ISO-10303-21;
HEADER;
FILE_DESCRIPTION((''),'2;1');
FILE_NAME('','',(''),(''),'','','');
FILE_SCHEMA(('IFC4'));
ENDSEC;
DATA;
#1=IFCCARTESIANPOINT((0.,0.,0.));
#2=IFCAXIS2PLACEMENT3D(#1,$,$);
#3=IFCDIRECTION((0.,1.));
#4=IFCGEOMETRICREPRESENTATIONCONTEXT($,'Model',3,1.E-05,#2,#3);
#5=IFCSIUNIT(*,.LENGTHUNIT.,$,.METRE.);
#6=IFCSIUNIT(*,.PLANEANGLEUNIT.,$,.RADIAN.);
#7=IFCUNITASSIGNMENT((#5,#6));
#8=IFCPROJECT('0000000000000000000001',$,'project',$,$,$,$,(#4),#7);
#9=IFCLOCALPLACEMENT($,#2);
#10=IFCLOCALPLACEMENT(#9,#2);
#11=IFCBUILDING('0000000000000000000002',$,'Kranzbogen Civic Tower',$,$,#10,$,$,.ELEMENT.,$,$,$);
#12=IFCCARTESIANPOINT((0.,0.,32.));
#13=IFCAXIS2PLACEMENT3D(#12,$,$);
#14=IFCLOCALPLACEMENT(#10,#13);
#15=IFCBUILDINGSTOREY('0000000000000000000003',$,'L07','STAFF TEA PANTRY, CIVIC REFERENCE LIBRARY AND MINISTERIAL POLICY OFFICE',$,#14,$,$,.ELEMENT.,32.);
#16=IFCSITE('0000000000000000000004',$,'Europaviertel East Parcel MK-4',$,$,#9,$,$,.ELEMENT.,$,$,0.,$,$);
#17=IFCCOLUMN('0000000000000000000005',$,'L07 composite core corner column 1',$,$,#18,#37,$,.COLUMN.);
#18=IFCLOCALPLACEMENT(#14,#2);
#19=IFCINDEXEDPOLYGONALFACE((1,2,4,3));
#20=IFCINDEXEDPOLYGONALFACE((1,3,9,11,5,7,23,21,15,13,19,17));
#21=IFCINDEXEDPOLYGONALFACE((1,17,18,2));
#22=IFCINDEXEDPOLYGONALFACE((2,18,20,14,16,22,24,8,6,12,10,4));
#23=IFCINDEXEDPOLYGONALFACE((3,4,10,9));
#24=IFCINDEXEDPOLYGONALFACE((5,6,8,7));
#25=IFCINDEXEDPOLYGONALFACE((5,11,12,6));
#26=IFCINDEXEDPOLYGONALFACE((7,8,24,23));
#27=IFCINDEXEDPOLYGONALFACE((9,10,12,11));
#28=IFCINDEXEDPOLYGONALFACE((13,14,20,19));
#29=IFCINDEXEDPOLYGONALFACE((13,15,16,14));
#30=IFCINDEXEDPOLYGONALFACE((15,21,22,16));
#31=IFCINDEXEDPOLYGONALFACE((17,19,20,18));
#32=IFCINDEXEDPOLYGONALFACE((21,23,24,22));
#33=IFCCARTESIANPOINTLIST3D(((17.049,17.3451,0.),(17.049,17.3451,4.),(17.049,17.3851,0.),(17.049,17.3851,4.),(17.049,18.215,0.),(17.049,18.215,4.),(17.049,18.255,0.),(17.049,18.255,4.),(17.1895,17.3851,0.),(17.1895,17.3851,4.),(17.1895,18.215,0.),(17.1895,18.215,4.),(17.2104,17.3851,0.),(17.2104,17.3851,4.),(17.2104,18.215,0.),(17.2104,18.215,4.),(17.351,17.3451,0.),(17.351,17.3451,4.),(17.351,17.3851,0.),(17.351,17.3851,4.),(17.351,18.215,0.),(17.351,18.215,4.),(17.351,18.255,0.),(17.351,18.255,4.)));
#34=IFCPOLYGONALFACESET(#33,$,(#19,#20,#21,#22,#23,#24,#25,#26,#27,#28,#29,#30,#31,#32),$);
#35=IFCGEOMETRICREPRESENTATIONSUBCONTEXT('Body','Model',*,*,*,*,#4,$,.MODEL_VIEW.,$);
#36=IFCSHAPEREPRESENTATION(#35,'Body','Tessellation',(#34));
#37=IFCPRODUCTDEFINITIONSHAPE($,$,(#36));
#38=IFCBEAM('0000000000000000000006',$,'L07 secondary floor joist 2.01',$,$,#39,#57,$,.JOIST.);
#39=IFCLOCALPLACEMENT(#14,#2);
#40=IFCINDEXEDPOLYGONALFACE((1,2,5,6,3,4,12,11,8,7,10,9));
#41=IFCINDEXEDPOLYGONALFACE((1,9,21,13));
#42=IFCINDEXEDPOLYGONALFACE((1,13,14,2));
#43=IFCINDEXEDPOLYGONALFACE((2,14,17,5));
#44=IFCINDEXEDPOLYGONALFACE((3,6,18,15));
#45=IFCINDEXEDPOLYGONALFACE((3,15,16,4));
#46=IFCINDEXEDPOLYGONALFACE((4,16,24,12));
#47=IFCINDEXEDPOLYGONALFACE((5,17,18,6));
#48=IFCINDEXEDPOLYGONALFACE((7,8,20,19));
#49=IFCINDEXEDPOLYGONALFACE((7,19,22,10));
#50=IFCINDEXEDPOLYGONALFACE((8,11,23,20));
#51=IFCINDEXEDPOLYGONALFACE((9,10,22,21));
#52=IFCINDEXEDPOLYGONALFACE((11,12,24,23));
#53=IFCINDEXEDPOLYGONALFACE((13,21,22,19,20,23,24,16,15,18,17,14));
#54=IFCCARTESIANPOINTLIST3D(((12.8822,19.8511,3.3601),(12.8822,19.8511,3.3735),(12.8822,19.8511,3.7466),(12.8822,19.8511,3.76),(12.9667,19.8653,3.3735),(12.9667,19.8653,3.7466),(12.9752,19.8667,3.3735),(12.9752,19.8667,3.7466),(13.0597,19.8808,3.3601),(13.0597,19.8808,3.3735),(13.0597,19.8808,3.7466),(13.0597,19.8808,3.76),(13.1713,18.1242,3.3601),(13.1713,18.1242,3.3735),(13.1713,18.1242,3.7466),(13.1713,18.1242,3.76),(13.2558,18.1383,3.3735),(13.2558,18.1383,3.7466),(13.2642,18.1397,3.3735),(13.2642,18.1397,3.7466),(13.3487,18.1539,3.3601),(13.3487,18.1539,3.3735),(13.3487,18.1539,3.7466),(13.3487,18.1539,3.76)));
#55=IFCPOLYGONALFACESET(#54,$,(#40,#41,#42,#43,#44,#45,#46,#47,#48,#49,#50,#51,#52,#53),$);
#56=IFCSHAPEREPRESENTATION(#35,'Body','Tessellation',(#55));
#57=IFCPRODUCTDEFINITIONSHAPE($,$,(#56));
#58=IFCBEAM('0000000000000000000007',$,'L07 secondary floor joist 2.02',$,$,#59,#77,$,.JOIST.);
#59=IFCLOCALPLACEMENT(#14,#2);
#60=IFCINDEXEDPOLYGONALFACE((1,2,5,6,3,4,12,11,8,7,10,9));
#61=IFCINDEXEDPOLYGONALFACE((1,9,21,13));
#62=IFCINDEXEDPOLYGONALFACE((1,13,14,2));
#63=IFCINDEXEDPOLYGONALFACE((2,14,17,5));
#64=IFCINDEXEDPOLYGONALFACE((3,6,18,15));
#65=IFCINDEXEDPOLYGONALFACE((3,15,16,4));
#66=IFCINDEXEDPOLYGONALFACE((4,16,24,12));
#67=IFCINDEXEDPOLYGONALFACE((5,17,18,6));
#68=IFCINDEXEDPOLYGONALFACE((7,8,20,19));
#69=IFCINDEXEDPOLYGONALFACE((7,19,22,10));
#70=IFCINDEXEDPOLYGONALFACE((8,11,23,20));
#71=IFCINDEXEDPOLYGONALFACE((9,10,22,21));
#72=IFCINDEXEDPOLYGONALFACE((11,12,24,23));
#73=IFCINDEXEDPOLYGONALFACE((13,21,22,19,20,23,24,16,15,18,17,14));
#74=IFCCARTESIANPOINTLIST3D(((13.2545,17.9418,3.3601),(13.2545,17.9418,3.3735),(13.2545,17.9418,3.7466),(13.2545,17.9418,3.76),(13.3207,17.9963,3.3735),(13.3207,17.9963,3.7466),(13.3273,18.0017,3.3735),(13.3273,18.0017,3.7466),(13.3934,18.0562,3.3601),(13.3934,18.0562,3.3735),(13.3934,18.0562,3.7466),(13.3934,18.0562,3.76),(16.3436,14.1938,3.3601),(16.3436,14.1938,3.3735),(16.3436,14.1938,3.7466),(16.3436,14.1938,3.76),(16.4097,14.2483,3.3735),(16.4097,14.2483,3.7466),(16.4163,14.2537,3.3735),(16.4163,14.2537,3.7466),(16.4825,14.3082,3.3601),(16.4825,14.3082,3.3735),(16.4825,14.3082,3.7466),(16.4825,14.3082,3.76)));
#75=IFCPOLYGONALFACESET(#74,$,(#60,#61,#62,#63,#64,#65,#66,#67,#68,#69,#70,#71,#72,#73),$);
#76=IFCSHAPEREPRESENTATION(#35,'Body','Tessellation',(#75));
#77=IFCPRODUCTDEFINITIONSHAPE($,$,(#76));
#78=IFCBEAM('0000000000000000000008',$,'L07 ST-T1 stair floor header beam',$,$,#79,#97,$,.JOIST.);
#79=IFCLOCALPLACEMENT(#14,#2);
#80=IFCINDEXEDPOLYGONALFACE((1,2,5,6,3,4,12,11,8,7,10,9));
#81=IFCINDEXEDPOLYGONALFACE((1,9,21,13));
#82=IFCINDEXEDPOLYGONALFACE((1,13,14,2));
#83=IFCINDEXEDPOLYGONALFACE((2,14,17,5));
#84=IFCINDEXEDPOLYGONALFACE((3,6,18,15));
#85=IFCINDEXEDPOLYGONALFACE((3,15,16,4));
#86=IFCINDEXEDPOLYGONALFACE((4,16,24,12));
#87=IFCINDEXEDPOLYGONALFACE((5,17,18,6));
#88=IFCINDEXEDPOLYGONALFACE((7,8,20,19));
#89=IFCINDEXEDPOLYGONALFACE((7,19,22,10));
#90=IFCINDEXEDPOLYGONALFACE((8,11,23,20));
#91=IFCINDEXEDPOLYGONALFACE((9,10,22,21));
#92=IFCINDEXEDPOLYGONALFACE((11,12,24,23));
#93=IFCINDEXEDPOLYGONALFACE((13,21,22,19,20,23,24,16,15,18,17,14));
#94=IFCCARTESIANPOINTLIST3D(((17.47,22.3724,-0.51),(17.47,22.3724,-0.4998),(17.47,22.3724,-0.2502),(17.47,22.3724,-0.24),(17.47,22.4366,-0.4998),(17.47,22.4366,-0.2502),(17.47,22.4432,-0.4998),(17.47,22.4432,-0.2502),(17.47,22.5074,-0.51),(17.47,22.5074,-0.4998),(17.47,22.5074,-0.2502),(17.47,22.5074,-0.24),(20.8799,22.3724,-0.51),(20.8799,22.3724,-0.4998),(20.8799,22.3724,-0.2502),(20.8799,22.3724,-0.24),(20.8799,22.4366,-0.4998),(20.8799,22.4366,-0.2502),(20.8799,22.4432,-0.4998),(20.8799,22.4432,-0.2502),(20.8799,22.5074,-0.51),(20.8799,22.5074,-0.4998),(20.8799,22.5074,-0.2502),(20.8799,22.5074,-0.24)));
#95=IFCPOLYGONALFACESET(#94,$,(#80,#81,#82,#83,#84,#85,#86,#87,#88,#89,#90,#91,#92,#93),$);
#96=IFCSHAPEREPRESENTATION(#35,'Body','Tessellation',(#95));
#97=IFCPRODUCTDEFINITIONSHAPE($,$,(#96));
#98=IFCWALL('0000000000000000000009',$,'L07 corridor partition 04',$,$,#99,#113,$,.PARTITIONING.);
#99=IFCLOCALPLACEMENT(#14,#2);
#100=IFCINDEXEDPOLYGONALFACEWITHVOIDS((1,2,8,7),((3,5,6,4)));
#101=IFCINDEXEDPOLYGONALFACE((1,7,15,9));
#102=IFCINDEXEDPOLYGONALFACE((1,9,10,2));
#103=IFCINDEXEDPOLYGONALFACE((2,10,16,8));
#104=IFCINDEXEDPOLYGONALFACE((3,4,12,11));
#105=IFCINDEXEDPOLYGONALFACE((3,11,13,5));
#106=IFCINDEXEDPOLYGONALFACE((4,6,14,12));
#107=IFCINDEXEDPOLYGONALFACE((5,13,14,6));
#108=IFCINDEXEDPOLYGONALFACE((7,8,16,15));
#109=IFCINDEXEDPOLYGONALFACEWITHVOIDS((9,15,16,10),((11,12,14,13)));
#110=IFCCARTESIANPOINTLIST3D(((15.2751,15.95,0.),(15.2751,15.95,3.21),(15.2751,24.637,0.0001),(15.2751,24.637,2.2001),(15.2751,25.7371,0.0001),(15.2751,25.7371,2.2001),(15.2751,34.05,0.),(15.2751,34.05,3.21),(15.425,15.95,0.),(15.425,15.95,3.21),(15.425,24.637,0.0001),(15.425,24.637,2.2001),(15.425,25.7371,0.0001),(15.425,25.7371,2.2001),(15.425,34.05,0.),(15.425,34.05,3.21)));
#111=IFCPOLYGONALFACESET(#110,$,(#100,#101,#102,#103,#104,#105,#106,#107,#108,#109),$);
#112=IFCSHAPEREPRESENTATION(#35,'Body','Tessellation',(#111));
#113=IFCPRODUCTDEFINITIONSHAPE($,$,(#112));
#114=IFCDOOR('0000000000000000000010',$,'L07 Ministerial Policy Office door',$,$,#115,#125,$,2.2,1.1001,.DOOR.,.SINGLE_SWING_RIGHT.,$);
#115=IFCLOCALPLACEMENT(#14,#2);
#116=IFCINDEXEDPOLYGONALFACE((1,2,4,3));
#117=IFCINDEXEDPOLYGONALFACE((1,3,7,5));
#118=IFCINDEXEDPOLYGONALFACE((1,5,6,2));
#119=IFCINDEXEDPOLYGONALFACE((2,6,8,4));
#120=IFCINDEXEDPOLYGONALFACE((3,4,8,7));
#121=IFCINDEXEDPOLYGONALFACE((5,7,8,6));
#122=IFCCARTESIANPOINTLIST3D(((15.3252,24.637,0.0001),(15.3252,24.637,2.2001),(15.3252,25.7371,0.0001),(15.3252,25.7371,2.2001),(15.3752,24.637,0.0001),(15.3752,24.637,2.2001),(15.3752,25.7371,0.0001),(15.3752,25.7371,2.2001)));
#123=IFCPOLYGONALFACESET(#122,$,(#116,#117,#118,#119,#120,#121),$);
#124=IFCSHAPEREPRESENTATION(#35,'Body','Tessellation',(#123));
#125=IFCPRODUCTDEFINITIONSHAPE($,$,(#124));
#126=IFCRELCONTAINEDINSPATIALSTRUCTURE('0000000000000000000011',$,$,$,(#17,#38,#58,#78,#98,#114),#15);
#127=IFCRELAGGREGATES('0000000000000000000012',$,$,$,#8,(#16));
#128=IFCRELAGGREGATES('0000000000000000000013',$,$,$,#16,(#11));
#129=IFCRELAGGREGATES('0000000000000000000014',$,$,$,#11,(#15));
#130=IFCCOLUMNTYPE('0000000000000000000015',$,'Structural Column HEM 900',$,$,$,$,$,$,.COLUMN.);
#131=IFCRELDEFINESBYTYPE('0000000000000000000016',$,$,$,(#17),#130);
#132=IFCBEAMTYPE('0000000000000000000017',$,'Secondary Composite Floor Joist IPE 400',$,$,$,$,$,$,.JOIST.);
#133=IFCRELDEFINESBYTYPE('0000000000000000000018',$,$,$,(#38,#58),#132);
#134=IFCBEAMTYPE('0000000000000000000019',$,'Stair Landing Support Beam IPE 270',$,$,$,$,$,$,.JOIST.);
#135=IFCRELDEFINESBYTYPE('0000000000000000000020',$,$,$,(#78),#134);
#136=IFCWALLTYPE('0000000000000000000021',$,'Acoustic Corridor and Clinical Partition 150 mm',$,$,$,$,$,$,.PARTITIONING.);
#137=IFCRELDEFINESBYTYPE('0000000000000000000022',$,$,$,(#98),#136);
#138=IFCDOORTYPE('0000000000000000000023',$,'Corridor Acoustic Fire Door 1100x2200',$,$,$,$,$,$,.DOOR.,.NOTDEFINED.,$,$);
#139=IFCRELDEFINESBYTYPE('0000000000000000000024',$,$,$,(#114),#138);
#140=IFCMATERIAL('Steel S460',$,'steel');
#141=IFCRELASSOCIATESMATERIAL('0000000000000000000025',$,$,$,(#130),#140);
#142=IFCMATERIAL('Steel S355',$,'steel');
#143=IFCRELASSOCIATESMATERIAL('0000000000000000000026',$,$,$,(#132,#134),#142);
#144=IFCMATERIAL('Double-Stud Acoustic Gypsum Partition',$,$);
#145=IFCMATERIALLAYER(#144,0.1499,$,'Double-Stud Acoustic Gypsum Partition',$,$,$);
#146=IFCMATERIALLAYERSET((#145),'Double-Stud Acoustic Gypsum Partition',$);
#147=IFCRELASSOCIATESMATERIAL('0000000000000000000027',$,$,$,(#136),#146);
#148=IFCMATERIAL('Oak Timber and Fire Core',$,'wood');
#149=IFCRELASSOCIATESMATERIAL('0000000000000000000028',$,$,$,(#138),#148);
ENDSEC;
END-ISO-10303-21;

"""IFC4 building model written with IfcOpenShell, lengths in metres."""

from ifc_helpers import new_model, si_unit, direction, frame, frame_2d, origin, origin_2d, place, context, subcontext, project, spatial, rectangle, i_section, extrude, material, layer, layer_set, material_profile, profile_set, type_object, element, fill, save


model = new_model("IFC4")

# Units and contexts
model_context = context("Model", 3, precision=1e-05, world=origin(), true_north=direction((0.0, 1.0)))
body_context = subcontext(model_context, "Body", "Model", "MODEL_VIEW")
ifc_project = project(units=[si_unit("LENGTHUNIT", "METRE"), si_unit("PLANEANGLEUNIT", "RADIAN")], contexts=[model_context])

# Site, building, storey
site_placement = place(None, origin())
site = spatial("IfcSite", under=ifc_project, at=site_placement, Name="Europaviertel East Parcel MK-4", CompositionType="ELEMENT", RefElevation=0.0)
building_placement = place(site_placement, origin())
building = spatial("IfcBuilding", under=site, at=building_placement, Name="Kranzbogen Civic Tower", CompositionType="ELEMENT")
storey_placement = place(building_placement, frame((0.0, 0.0, 32.0)))
storey = spatial("IfcBuildingStorey", under=building, at=storey_placement, Name="L07", Description="STAFF TEA PANTRY, CIVIC REFERENCE LIBRARY AND MINISTERIAL POLICY OFFICE", CompositionType="ELEMENT", Elevation=32.0)

# Column
ifc_material_1 = material(Name="Steel S460", Category="steel")
ifc_material_profile_1 = material_profile(ifc_material_1, i_section(OverallWidth=0.302, OverallDepth=0.9099, WebThickness=0.021, FlangeThickness=0.04, at=origin_2d()), Name="HEM 900")
ifc_profile_set_1 = profile_set([ifc_material_profile_1], Name="Steel S460")
column_type = type_object("IfcColumnType", Name="Structural Column HEM 900", PredefinedType="COLUMN", material=ifc_profile_set_1)
column_placement = place(storey_placement, frame((17.2, 17.8, 0.0), z_axis=(0.0, 0.0, 1.0), x_axis=(1.0, 0.0, 0.0)))
element("IfcColumn", 1, at=column_placement, inside=storey, type_object=column_type, Name="L07 composite core corner column 1", PredefinedType="COLUMN", context=body_context, shape_type="SweptSolid", body=[
    extrude(i_section(OverallWidth=0.302, OverallDepth=0.9099, WebThickness=0.021, FlangeThickness=0.04, at=origin_2d()), origin(), (0.0, 0.0, 1.0), 4.0),
])

# Beams
ifc_material_2 = material(Name="Steel S355", Category="steel")
ifc_material_profile_2 = material_profile(ifc_material_2, i_section(OverallWidth=0.1799, OverallDepth=0.3999, WebThickness=0.0085, FlangeThickness=0.0134, at=origin_2d()), Name="IPE 400")
ifc_profile_set_2 = profile_set([ifc_material_profile_2], Name="Steel S355")
beam_type_1 = type_object("IfcBeamType", Name="Secondary Composite Floor Joist IPE 400", PredefinedType="JOIST", material=ifc_profile_set_2)
beam_1_placement = place(storey_placement, frame((12.9709, 19.866, 3.5601), z_axis=(0.165077, -0.986281, 0.0), x_axis=(0.986281, 0.165077, 0.0)))
element("IfcBeam", 2, at=beam_1_placement, inside=storey, type_object=beam_type_1, Name="L07 secondary floor joist 2.01", PredefinedType="JOIST", context=body_context, shape_type="SweptSolid", body=[
    extrude(i_section(OverallWidth=0.1799, OverallDepth=0.3999, WebThickness=0.0085, FlangeThickness=0.0134, at=origin_2d()), origin(), (0.0, 0.0, 1.0), 1.751),
])
beam_2_placement = place(storey_placement, frame((13.324, 17.999, 3.5601), z_axis=(0.636012, -0.771679, 0.0), x_axis=(0.771679, 0.636012, 0.0)))
element("IfcBeam", 3, at=beam_2_placement, inside=storey, type_object=beam_type_1, Name="L07 secondary floor joist 2.02", PredefinedType="JOIST", context=body_context, shape_type="SweptSolid", body=[
    extrude(i_section(OverallWidth=0.1799, OverallDepth=0.3999, WebThickness=0.0085, FlangeThickness=0.0134, at=origin_2d()), origin(), (0.0, 0.0, 1.0), 4.8569),
])
ifc_material_profile_3 = material_profile(ifc_material_2, i_section(OverallWidth=0.135, OverallDepth=0.27, WebThickness=0.0066, FlangeThickness=0.0103, at=origin_2d()), Name="IPE 270")
ifc_profile_set_3 = profile_set([ifc_material_profile_3], Name="Steel S355")
beam_type_2 = type_object("IfcBeamType", Name="Stair Landing Support Beam IPE 270", PredefinedType="JOIST", material=ifc_profile_set_3)
beam_3_placement = place(storey_placement, frame((20.8799, 22.4399, -0.375), z_axis=(-1.0, 0.0, 0.0), x_axis=(0.0, -1.0, 0.0)))
element("IfcBeam", 4, at=beam_3_placement, inside=storey, type_object=beam_type_2, Name="L07 ST-T1 stair floor header beam", PredefinedType="JOIST", context=body_context, shape_type="SweptSolid", body=[
    extrude(i_section(OverallWidth=0.135, OverallDepth=0.27, WebThickness=0.0066, FlangeThickness=0.0103, at=origin_2d()), origin(), (0.0, 0.0, 1.0), 3.4099),
])

# Wall, opening, door
ifc_material_3 = material(Name="Double-Stud Acoustic Gypsum Partition")
ifc_layer_1 = layer(ifc_material_3, 0.1499, Name="Double-Stud Acoustic Gypsum Partition")
ifc_layer_set_1 = layer_set([ifc_layer_1], Name="Double-Stud Acoustic Gypsum Partition")
wall_type_1 = type_object("IfcWallType", Name="Acoustic Corridor and Clinical Partition 150 mm", PredefinedType="PARTITIONING", material=ifc_layer_set_1)
wall_1_placement = place(storey_placement, frame((15.3501, 15.95, 0.0), z_axis=(0.0, 0.0, 1.0), x_axis=(0.0, 1.0, 0.0)))
wall_1 = element("IfcWall", 5, at=wall_1_placement, inside=storey, type_object=wall_type_1, Name="L07 corridor partition 04", PredefinedType="PARTITIONING", context=body_context, shape_type="SweptSolid", body=[
    extrude(rectangle(XDim=18.1001, YDim=0.1499, at=frame_2d((9.05, 0.0))), origin(), (0.0, 0.0, 1.0), 3.21),
])
opening_1_placement = place(wall_1_placement, frame((8.687, 0.0, 0.0)))
opening_1 = element("IfcOpeningElement", 6, at=opening_1_placement, cuts=wall_1, PredefinedType="OPENING", context=body_context, shape_type="SweptSolid", body=[
    extrude(rectangle(XDim=1.1001, YDim=2.2, at=frame_2d((0.55, 1.1001))), frame((0.0, 0.085, 0.0), z_axis=(0.0, -1.0, 0.0), x_axis=(1.0, 0.0, 0.0)), (0.0, 0.0, 1.0), 0.1699),
])
ifc_material_4 = material(Name="Oak Timber and Fire Core", Category="wood")
door_type_1 = type_object("IfcDoorType", Name="Corridor Acoustic Fire Door 1100x2200", OperationType="NOTDEFINED", PredefinedType="DOOR", material=ifc_material_4)
door_1_placement = place(opening_1_placement, origin())
door_1 = element("IfcDoor", 7, at=door_1_placement, inside=storey, type_object=door_type_1, Name="L07 Ministerial Policy Office door", OperationType="SINGLE_SWING_RIGHT", OverallHeight=2.2, OverallWidth=1.1001, PredefinedType="DOOR", context=body_context, shape_type="SweptSolid", body=[
    extrude(rectangle(XDim=1.1001, YDim=2.2, at=frame_2d((0.55, 1.1001))), frame((0.0, 0.0249, 0.0), z_axis=(0.0, -1.0, 0.0), x_axis=(1.0, 0.0, 0.0)), (0.0, 0.0, 1.0), 0.05),
])
fill(opening_1, door_1)

save(model, "model.ifc")
